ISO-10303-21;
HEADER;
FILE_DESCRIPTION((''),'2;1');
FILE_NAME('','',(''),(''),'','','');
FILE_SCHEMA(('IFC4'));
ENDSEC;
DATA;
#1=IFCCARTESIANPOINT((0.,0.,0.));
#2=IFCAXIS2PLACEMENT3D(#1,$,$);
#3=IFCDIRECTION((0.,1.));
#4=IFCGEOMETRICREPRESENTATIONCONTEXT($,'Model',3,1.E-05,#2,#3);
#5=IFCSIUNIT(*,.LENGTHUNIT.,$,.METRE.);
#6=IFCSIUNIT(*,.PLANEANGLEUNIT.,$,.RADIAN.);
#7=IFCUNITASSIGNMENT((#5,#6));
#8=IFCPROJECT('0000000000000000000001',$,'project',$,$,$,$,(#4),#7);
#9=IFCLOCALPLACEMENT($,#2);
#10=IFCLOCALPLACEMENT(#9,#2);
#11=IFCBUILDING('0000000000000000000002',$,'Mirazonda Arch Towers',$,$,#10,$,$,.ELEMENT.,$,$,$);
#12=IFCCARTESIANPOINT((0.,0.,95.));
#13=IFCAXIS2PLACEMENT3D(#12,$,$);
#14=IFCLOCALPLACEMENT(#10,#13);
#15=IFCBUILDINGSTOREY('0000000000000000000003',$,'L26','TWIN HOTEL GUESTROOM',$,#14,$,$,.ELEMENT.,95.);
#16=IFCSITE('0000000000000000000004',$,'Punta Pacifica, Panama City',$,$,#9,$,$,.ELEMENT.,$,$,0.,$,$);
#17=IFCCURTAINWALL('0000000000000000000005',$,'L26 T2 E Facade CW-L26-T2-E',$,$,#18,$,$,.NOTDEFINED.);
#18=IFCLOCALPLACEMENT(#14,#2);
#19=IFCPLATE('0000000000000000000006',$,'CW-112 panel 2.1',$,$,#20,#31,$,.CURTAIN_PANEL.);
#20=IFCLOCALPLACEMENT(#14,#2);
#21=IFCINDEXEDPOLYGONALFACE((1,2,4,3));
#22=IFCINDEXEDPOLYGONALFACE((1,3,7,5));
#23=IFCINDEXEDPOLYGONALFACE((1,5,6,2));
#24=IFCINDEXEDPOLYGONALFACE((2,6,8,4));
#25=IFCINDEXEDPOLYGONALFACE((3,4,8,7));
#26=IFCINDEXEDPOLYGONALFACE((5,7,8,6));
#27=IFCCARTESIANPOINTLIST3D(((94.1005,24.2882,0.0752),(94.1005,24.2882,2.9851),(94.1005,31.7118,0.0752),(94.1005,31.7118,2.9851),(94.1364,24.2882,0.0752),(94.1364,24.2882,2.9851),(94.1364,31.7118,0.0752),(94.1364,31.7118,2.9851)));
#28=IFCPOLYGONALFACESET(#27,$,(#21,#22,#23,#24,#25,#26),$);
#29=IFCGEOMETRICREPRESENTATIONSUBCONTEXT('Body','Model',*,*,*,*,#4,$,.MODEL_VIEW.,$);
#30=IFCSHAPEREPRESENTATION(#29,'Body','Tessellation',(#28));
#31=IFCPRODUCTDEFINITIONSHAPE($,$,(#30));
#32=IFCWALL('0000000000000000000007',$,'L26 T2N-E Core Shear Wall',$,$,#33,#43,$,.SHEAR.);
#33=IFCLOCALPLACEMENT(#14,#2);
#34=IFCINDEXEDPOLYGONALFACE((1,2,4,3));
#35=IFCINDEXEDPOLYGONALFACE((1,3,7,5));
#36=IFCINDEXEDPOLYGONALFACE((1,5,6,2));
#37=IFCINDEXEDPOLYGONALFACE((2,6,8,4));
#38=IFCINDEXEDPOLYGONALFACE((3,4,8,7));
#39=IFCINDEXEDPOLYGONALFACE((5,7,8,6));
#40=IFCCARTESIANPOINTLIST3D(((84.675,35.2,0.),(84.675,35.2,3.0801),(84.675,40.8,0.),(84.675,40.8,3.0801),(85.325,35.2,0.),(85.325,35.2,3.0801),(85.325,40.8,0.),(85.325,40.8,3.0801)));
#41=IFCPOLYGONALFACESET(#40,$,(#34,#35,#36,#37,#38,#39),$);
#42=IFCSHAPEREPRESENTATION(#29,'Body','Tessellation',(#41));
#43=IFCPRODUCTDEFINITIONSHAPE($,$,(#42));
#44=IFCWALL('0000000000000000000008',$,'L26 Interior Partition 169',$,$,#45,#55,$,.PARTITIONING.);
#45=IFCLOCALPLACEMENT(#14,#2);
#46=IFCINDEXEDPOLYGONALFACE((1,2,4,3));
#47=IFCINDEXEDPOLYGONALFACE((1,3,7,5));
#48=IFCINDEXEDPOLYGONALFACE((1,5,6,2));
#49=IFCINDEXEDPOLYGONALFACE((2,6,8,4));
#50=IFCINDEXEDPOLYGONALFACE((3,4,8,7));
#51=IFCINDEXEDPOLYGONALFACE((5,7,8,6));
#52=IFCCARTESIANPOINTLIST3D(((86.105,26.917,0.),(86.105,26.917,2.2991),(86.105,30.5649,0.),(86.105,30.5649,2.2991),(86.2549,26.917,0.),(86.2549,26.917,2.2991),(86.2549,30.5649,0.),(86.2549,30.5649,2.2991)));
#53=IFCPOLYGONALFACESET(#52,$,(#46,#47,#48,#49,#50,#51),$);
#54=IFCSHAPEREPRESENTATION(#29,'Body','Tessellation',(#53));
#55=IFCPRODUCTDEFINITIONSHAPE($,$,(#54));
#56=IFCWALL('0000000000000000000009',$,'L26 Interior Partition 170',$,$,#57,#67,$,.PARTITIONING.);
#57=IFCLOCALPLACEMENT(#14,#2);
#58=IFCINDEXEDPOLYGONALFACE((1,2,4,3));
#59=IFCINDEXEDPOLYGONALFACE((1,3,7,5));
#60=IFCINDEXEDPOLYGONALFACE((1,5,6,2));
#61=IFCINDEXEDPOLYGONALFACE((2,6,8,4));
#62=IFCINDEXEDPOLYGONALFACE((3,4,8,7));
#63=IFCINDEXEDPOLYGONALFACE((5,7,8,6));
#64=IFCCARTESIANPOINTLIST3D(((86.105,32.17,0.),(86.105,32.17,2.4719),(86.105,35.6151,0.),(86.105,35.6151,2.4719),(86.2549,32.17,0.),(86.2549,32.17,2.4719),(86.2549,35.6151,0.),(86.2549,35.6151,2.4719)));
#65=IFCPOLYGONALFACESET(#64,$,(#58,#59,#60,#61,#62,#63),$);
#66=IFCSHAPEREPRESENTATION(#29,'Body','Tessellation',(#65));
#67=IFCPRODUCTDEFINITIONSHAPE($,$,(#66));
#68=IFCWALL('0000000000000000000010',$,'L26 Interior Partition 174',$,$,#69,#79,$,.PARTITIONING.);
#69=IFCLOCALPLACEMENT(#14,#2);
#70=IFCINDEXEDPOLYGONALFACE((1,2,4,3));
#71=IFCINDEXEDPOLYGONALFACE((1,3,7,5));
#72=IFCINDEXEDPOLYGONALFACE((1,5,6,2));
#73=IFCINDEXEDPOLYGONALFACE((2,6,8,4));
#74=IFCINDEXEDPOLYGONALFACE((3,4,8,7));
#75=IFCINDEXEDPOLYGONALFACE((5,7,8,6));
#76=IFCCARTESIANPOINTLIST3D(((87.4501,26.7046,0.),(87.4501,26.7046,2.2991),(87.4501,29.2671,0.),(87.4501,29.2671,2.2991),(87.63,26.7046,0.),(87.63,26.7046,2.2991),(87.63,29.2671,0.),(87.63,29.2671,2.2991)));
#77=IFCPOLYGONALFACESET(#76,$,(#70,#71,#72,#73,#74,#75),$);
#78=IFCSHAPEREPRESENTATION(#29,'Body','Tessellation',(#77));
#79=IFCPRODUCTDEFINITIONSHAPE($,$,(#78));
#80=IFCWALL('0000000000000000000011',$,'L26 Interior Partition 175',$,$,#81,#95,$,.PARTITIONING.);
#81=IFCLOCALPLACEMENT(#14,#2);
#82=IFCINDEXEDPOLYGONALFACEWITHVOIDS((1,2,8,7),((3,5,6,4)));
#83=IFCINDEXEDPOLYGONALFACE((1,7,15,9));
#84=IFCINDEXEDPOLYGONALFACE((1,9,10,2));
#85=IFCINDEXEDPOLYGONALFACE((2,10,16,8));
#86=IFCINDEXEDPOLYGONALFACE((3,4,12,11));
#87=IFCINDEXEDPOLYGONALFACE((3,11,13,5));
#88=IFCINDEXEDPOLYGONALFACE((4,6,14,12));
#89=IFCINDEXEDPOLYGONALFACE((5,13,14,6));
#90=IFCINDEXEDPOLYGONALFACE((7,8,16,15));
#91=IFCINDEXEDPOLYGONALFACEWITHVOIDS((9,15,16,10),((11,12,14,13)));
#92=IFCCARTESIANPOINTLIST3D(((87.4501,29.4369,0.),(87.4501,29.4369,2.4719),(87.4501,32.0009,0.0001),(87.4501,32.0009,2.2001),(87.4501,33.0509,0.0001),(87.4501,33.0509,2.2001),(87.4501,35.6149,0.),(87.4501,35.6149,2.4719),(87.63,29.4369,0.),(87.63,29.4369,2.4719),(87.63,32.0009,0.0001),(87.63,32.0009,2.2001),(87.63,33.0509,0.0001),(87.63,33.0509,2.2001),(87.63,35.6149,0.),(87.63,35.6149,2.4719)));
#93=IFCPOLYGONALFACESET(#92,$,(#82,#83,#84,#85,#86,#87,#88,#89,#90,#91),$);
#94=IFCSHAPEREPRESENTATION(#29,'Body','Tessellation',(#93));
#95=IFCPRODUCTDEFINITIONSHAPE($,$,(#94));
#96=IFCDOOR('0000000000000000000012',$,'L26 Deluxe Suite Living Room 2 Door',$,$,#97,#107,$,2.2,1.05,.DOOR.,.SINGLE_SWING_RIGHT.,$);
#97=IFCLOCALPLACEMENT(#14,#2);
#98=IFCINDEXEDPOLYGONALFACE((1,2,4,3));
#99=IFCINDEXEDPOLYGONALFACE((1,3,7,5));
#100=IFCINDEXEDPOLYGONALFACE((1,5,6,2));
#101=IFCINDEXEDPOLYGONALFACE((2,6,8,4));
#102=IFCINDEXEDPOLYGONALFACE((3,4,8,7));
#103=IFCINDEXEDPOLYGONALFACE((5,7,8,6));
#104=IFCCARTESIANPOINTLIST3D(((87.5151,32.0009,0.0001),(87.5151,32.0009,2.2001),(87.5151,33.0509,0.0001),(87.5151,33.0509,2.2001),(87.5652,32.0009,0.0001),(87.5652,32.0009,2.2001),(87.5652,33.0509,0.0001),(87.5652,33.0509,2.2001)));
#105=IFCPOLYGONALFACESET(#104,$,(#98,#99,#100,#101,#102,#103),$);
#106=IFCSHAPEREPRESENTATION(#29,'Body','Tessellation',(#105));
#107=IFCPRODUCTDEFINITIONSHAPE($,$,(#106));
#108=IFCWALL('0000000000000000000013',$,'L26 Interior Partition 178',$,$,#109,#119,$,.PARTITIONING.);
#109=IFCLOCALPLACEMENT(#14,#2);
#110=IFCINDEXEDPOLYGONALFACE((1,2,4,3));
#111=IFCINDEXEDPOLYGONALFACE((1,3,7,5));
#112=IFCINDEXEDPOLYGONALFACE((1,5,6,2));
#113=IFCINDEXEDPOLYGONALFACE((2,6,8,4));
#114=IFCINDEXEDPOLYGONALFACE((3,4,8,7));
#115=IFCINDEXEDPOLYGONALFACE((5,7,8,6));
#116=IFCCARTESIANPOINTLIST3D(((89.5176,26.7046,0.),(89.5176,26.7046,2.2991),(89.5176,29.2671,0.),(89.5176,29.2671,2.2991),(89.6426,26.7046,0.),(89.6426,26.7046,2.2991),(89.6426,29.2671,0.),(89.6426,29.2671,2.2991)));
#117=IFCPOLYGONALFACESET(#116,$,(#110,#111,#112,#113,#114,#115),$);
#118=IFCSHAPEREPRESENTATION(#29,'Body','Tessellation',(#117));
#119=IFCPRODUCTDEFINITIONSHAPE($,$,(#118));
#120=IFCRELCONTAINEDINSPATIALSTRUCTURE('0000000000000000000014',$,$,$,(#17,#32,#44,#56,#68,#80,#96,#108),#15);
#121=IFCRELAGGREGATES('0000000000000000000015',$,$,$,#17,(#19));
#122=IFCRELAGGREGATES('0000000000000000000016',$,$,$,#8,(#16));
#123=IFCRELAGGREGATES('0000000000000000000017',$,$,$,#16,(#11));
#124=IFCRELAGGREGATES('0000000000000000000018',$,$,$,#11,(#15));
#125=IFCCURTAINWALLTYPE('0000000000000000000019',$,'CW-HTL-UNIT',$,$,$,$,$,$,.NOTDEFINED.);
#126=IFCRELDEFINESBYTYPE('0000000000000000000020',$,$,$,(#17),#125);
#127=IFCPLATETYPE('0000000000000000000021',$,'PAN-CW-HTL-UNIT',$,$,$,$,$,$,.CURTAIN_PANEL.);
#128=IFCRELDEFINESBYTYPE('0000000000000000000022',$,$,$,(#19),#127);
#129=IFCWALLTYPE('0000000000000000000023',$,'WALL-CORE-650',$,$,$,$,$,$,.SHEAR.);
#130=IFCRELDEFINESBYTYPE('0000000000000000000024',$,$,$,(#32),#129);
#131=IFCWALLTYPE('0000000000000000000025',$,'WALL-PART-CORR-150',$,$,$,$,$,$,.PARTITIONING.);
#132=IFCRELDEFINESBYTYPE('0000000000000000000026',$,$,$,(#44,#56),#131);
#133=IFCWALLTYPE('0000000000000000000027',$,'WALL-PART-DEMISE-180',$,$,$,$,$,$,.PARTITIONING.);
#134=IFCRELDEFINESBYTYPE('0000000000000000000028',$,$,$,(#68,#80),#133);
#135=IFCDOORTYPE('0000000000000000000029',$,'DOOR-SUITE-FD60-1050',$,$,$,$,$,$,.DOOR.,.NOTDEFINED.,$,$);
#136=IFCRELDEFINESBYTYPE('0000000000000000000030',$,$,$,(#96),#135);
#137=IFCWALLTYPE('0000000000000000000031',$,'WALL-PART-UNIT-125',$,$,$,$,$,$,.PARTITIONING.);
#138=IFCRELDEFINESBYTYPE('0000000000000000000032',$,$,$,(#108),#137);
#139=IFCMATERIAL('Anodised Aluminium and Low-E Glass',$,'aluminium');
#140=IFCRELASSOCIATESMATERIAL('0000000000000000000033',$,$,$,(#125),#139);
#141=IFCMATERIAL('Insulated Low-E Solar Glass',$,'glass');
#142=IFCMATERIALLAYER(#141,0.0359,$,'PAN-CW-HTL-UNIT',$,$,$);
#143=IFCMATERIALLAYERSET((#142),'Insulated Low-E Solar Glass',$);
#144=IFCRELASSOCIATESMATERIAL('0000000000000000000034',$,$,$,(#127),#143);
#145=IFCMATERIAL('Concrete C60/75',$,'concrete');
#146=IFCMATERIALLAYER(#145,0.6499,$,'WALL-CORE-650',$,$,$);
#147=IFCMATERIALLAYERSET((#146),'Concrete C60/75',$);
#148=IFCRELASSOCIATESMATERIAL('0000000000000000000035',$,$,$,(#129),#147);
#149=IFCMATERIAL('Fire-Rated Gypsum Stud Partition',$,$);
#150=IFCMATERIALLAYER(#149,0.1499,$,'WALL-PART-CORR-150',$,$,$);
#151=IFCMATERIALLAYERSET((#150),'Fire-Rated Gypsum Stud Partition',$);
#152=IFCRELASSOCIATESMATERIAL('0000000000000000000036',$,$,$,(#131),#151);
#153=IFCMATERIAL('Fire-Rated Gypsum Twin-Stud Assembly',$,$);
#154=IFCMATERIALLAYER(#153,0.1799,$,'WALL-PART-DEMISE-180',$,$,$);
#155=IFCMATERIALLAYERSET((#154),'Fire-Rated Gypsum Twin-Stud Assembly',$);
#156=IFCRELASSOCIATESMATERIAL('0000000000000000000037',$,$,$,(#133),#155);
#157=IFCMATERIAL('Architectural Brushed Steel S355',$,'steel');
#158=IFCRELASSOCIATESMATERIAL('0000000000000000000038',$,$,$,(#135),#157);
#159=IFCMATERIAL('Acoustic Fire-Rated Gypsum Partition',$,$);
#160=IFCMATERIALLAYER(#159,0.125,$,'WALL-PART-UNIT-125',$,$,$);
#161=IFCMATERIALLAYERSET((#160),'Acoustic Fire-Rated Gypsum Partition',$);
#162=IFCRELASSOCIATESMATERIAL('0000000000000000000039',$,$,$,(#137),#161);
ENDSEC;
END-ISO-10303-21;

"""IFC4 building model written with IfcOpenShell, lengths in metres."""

from ifc_helpers import new_model, si_unit, direction, frame, frame_2d, origin, origin_2d, place, context, subcontext, project, spatial, rectangle, extrude, material, layer, layer_set, type_object, element, fill, aggregate, save


model = new_model("IFC4")

# Units and contexts
model_context = context("Model", 3, precision=1e-05, world=origin(), true_north=direction((0.0, 1.0)))
body_context = subcontext(model_context, "Body", "Model", "MODEL_VIEW")
ifc_project = project(units=[si_unit("LENGTHUNIT", "METRE"), si_unit("PLANEANGLEUNIT", "RADIAN")], contexts=[model_context])

# Site, building, storey
site_placement = place(None, origin())
site = spatial("IfcSite", under=ifc_project, at=site_placement, Name="Punta Pacifica, Panama City", CompositionType="ELEMENT", RefElevation=0.0)
building_placement = place(site_placement, origin())
building = spatial("IfcBuilding", under=site, at=building_placement, Name="Mirazonda Arch Towers", CompositionType="ELEMENT")
storey_placement = place(building_placement, frame((0.0, 0.0, 95.0)))
storey = spatial("IfcBuildingStorey", under=building, at=storey_placement, Name="L26", Description="TWIN HOTEL GUESTROOM", CompositionType="ELEMENT", Elevation=95.0)

# Shared definitions
ifc_material_1 = material(Name="Concrete C60/75", Category="concrete")

# Curtain wall, plate
ifc_material_2 = material(Name="Anodised Aluminium and Low-E Glass", Category="aluminium")
curtain_wall_type = type_object("IfcCurtainWallType", Name="CW-HTL-UNIT", PredefinedType="NOTDEFINED", material=ifc_material_2)
curtain_wall_placement = place(storey_placement, origin())
curtain_wall = element("IfcCurtainWall", 1, at=curtain_wall_placement, inside=storey, type_object=curtain_wall_type, Name="L26 T2 E Facade CW-L26-T2-E", PredefinedType="NOTDEFINED")
ifc_material_3 = material(Name="Insulated Low-E Solar Glass", Category="glass")
ifc_layer_1 = layer(ifc_material_3, 0.0359, Name="PAN-CW-HTL-UNIT")
ifc_layer_set_1 = layer_set([ifc_layer_1], Name="Insulated Low-E Solar Glass")
plate_type = type_object("IfcPlateType", Name="PAN-CW-HTL-UNIT", PredefinedType="CURTAIN_PANEL", material=ifc_layer_set_1)
plate_placement = place(storey_placement, frame((94.1184, 28.0, 0.0752), z_axis=(0.0, 0.0, 1.0), x_axis=(0.0, 1.0, 0.0)))
plate = element("IfcPlate", 2, at=plate_placement, type_object=plate_type, Name="CW-112 panel 2.1", PredefinedType="CURTAIN_PANEL", context=body_context, shape_type="SweptSolid", body=[
    extrude(rectangle(XDim=7.4236, YDim=0.0359, at=origin_2d()), origin(), (0.0, 0.0, 1.0), 2.9099),
])
aggregate(curtain_wall, [plate])

# Wall
ifc_layer_2 = layer(ifc_material_1, 0.6499, Name="WALL-CORE-650")
ifc_layer_set_2 = layer_set([ifc_layer_2], Name="Concrete C60/75")
wall_type_1 = type_object("IfcWallType", Name="WALL-CORE-650", PredefinedType="SHEAR", material=ifc_layer_set_2)
wall_1_placement = place(storey_placement, frame((85.0, 35.2, 0.0), z_axis=(0.0, 0.0, 1.0), x_axis=(0.0, 1.0, 0.0)))
element("IfcWall", 3, at=wall_1_placement, inside=storey, type_object=wall_type_1, Name="L26 T2N-E Core Shear Wall", PredefinedType="SHEAR", context=body_context, shape_type="SweptSolid", body=[
    extrude(rectangle(XDim=5.6001, YDim=0.6499, at=frame_2d((2.8, 0.0))), origin(), (0.0, 0.0, 1.0), 3.0801),
])

# Shared definitions
ifc_material_4 = material(Name="Fire-Rated Gypsum Stud Partition")
ifc_layer_3 = layer(ifc_material_4, 0.1499, Name="WALL-PART-CORR-150")
ifc_layer_set_3 = layer_set([ifc_layer_3], Name="Fire-Rated Gypsum Stud Partition")
wall_type_2 = type_object("IfcWallType", Name="WALL-PART-CORR-150", PredefinedType="PARTITIONING", material=ifc_layer_set_3)
ifc_material_5 = material(Name="Architectural Brushed Steel S355", Category="steel")

# Walls
wall_2_placement = place(storey_placement, frame((86.1799, 26.917, 0.0), z_axis=(0.0, 0.0, 1.0), x_axis=(0.0, 1.0, 0.0)))
element("IfcWall", 4, at=wall_2_placement, inside=storey, type_object=wall_type_2, Name="L26 Interior Partition 169", PredefinedType="PARTITIONING", context=body_context, shape_type="SweptSolid", body=[
    extrude(rectangle(XDim=3.6479, YDim=0.1499, at=frame_2d((1.824, 0.0))), origin(), (0.0, 0.0, 1.0), 2.2991),
])
wall_3_placement = place(storey_placement, frame((86.1799, 32.1699, 0.0), z_axis=(0.0, 0.0, 1.0), x_axis=(0.0, 1.0, 0.0)))
element("IfcWall", 5, at=wall_3_placement, inside=storey, type_object=wall_type_2, Name="L26 Interior Partition 170", PredefinedType="PARTITIONING", context=body_context, shape_type="SweptSolid", body=[
    extrude(rectangle(XDim=3.4451, YDim=0.1499, at=frame_2d((1.7227, 0.0))), origin(), (0.0, 0.0, 1.0), 2.4719),
])
ifc_material_6 = material(Name="Fire-Rated Gypsum Twin-Stud Assembly")
ifc_layer_4 = layer(ifc_material_6, 0.1799, Name="WALL-PART-DEMISE-180")
ifc_layer_set_4 = layer_set([ifc_layer_4], Name="Fire-Rated Gypsum Twin-Stud Assembly")
wall_type_3 = type_object("IfcWallType", Name="WALL-PART-DEMISE-180", PredefinedType="PARTITIONING", material=ifc_layer_set_4)
wall_4_placement = place(storey_placement, frame((87.54, 26.7046, 0.0), z_axis=(0.0, 0.0, 1.0), x_axis=(0.0, 1.0, 0.0)))
element("IfcWall", 6, at=wall_4_placement, inside=storey, type_object=wall_type_3, Name="L26 Interior Partition 174", PredefinedType="PARTITIONING", context=body_context, shape_type="SweptSolid", body=[
    extrude(rectangle(XDim=2.5625, YDim=0.1799, at=frame_2d((1.2812, 0.0))), origin(), (0.0, 0.0, 1.0), 2.2991),
])

# Wall, opening, door
wall_5_placement = place(storey_placement, frame((87.54, 29.437, 0.0), z_axis=(0.0, 0.0, 1.0), x_axis=(0.0, 1.0, 0.0)))
wall_5 = element("IfcWall", 7, at=wall_5_placement, inside=storey, type_object=wall_type_3, Name="L26 Interior Partition 175", PredefinedType="PARTITIONING", context=body_context, shape_type="SweptSolid", body=[
    extrude(rectangle(XDim=6.178, YDim=0.1799, at=frame_2d((3.0889, 0.0))), origin(), (0.0, 0.0, 1.0), 2.4719),
])
opening_1_placement = place(wall_5_placement, frame((2.564, 0.0, 0.0)))
opening_1 = element("IfcOpeningElement", 8, at=opening_1_placement, cuts=wall_5, PredefinedType="OPENING", context=body_context, shape_type="SweptSolid", body=[
    extrude(rectangle(XDim=1.05, YDim=2.2, at=frame_2d((0.5249, 1.1001))), frame((0.0, 0.0999, 0.0), z_axis=(0.0, -1.0, 0.0), x_axis=(1.0, 0.0, 0.0)), (0.0, 0.0, 1.0), 0.2),
])
door_type_1 = type_object("IfcDoorType", Name="DOOR-SUITE-FD60-1050", OperationType="NOTDEFINED", PredefinedType="DOOR", material=ifc_material_5)
door_1_placement = place(opening_1_placement, origin())
door_1 = element("IfcDoor", 9, at=door_1_placement, inside=storey, type_object=door_type_1, Name="L26 Deluxe Suite Living Room 2 Door", OperationType="SINGLE_SWING_RIGHT", OverallHeight=2.2, OverallWidth=1.05, PredefinedType="DOOR", context=body_context, shape_type="SweptSolid", body=[
    extrude(rectangle(XDim=1.05, YDim=2.2, at=frame_2d((0.5249, 1.1001))), frame((0.0, 0.0249, 0.0), z_axis=(0.0, -1.0, 0.0), x_axis=(1.0, 0.0, 0.0)), (0.0, 0.0, 1.0), 0.05),
])
fill(opening_1, door_1)

# Wall
ifc_material_7 = material(Name="Acoustic Fire-Rated Gypsum Partition")
ifc_layer_5 = layer(ifc_material_7, 0.125, Name="WALL-PART-UNIT-125")
ifc_layer_set_5 = layer_set([ifc_layer_5], Name="Acoustic Fire-Rated Gypsum Partition")
wall_type_4 = type_object("IfcWallType", Name="WALL-PART-UNIT-125", PredefinedType="PARTITIONING", material=ifc_layer_set_5)
wall_6_placement = place(storey_placement, frame((89.5801, 26.7046, 0.0), z_axis=(0.0, 0.0, 1.0), x_axis=(0.0, 1.0, 0.0)))
element("IfcWall", 10, at=wall_6_placement, inside=storey, type_object=wall_type_4, Name="L26 Interior Partition 178", PredefinedType="PARTITIONING", context=body_context, shape_type="SweptSolid", body=[
    extrude(rectangle(XDim=2.5625, YDim=0.125, at=frame_2d((1.2812, 0.0))), origin(), (0.0, 0.0, 1.0), 2.2991),
])

save(model, "model.ifc")
